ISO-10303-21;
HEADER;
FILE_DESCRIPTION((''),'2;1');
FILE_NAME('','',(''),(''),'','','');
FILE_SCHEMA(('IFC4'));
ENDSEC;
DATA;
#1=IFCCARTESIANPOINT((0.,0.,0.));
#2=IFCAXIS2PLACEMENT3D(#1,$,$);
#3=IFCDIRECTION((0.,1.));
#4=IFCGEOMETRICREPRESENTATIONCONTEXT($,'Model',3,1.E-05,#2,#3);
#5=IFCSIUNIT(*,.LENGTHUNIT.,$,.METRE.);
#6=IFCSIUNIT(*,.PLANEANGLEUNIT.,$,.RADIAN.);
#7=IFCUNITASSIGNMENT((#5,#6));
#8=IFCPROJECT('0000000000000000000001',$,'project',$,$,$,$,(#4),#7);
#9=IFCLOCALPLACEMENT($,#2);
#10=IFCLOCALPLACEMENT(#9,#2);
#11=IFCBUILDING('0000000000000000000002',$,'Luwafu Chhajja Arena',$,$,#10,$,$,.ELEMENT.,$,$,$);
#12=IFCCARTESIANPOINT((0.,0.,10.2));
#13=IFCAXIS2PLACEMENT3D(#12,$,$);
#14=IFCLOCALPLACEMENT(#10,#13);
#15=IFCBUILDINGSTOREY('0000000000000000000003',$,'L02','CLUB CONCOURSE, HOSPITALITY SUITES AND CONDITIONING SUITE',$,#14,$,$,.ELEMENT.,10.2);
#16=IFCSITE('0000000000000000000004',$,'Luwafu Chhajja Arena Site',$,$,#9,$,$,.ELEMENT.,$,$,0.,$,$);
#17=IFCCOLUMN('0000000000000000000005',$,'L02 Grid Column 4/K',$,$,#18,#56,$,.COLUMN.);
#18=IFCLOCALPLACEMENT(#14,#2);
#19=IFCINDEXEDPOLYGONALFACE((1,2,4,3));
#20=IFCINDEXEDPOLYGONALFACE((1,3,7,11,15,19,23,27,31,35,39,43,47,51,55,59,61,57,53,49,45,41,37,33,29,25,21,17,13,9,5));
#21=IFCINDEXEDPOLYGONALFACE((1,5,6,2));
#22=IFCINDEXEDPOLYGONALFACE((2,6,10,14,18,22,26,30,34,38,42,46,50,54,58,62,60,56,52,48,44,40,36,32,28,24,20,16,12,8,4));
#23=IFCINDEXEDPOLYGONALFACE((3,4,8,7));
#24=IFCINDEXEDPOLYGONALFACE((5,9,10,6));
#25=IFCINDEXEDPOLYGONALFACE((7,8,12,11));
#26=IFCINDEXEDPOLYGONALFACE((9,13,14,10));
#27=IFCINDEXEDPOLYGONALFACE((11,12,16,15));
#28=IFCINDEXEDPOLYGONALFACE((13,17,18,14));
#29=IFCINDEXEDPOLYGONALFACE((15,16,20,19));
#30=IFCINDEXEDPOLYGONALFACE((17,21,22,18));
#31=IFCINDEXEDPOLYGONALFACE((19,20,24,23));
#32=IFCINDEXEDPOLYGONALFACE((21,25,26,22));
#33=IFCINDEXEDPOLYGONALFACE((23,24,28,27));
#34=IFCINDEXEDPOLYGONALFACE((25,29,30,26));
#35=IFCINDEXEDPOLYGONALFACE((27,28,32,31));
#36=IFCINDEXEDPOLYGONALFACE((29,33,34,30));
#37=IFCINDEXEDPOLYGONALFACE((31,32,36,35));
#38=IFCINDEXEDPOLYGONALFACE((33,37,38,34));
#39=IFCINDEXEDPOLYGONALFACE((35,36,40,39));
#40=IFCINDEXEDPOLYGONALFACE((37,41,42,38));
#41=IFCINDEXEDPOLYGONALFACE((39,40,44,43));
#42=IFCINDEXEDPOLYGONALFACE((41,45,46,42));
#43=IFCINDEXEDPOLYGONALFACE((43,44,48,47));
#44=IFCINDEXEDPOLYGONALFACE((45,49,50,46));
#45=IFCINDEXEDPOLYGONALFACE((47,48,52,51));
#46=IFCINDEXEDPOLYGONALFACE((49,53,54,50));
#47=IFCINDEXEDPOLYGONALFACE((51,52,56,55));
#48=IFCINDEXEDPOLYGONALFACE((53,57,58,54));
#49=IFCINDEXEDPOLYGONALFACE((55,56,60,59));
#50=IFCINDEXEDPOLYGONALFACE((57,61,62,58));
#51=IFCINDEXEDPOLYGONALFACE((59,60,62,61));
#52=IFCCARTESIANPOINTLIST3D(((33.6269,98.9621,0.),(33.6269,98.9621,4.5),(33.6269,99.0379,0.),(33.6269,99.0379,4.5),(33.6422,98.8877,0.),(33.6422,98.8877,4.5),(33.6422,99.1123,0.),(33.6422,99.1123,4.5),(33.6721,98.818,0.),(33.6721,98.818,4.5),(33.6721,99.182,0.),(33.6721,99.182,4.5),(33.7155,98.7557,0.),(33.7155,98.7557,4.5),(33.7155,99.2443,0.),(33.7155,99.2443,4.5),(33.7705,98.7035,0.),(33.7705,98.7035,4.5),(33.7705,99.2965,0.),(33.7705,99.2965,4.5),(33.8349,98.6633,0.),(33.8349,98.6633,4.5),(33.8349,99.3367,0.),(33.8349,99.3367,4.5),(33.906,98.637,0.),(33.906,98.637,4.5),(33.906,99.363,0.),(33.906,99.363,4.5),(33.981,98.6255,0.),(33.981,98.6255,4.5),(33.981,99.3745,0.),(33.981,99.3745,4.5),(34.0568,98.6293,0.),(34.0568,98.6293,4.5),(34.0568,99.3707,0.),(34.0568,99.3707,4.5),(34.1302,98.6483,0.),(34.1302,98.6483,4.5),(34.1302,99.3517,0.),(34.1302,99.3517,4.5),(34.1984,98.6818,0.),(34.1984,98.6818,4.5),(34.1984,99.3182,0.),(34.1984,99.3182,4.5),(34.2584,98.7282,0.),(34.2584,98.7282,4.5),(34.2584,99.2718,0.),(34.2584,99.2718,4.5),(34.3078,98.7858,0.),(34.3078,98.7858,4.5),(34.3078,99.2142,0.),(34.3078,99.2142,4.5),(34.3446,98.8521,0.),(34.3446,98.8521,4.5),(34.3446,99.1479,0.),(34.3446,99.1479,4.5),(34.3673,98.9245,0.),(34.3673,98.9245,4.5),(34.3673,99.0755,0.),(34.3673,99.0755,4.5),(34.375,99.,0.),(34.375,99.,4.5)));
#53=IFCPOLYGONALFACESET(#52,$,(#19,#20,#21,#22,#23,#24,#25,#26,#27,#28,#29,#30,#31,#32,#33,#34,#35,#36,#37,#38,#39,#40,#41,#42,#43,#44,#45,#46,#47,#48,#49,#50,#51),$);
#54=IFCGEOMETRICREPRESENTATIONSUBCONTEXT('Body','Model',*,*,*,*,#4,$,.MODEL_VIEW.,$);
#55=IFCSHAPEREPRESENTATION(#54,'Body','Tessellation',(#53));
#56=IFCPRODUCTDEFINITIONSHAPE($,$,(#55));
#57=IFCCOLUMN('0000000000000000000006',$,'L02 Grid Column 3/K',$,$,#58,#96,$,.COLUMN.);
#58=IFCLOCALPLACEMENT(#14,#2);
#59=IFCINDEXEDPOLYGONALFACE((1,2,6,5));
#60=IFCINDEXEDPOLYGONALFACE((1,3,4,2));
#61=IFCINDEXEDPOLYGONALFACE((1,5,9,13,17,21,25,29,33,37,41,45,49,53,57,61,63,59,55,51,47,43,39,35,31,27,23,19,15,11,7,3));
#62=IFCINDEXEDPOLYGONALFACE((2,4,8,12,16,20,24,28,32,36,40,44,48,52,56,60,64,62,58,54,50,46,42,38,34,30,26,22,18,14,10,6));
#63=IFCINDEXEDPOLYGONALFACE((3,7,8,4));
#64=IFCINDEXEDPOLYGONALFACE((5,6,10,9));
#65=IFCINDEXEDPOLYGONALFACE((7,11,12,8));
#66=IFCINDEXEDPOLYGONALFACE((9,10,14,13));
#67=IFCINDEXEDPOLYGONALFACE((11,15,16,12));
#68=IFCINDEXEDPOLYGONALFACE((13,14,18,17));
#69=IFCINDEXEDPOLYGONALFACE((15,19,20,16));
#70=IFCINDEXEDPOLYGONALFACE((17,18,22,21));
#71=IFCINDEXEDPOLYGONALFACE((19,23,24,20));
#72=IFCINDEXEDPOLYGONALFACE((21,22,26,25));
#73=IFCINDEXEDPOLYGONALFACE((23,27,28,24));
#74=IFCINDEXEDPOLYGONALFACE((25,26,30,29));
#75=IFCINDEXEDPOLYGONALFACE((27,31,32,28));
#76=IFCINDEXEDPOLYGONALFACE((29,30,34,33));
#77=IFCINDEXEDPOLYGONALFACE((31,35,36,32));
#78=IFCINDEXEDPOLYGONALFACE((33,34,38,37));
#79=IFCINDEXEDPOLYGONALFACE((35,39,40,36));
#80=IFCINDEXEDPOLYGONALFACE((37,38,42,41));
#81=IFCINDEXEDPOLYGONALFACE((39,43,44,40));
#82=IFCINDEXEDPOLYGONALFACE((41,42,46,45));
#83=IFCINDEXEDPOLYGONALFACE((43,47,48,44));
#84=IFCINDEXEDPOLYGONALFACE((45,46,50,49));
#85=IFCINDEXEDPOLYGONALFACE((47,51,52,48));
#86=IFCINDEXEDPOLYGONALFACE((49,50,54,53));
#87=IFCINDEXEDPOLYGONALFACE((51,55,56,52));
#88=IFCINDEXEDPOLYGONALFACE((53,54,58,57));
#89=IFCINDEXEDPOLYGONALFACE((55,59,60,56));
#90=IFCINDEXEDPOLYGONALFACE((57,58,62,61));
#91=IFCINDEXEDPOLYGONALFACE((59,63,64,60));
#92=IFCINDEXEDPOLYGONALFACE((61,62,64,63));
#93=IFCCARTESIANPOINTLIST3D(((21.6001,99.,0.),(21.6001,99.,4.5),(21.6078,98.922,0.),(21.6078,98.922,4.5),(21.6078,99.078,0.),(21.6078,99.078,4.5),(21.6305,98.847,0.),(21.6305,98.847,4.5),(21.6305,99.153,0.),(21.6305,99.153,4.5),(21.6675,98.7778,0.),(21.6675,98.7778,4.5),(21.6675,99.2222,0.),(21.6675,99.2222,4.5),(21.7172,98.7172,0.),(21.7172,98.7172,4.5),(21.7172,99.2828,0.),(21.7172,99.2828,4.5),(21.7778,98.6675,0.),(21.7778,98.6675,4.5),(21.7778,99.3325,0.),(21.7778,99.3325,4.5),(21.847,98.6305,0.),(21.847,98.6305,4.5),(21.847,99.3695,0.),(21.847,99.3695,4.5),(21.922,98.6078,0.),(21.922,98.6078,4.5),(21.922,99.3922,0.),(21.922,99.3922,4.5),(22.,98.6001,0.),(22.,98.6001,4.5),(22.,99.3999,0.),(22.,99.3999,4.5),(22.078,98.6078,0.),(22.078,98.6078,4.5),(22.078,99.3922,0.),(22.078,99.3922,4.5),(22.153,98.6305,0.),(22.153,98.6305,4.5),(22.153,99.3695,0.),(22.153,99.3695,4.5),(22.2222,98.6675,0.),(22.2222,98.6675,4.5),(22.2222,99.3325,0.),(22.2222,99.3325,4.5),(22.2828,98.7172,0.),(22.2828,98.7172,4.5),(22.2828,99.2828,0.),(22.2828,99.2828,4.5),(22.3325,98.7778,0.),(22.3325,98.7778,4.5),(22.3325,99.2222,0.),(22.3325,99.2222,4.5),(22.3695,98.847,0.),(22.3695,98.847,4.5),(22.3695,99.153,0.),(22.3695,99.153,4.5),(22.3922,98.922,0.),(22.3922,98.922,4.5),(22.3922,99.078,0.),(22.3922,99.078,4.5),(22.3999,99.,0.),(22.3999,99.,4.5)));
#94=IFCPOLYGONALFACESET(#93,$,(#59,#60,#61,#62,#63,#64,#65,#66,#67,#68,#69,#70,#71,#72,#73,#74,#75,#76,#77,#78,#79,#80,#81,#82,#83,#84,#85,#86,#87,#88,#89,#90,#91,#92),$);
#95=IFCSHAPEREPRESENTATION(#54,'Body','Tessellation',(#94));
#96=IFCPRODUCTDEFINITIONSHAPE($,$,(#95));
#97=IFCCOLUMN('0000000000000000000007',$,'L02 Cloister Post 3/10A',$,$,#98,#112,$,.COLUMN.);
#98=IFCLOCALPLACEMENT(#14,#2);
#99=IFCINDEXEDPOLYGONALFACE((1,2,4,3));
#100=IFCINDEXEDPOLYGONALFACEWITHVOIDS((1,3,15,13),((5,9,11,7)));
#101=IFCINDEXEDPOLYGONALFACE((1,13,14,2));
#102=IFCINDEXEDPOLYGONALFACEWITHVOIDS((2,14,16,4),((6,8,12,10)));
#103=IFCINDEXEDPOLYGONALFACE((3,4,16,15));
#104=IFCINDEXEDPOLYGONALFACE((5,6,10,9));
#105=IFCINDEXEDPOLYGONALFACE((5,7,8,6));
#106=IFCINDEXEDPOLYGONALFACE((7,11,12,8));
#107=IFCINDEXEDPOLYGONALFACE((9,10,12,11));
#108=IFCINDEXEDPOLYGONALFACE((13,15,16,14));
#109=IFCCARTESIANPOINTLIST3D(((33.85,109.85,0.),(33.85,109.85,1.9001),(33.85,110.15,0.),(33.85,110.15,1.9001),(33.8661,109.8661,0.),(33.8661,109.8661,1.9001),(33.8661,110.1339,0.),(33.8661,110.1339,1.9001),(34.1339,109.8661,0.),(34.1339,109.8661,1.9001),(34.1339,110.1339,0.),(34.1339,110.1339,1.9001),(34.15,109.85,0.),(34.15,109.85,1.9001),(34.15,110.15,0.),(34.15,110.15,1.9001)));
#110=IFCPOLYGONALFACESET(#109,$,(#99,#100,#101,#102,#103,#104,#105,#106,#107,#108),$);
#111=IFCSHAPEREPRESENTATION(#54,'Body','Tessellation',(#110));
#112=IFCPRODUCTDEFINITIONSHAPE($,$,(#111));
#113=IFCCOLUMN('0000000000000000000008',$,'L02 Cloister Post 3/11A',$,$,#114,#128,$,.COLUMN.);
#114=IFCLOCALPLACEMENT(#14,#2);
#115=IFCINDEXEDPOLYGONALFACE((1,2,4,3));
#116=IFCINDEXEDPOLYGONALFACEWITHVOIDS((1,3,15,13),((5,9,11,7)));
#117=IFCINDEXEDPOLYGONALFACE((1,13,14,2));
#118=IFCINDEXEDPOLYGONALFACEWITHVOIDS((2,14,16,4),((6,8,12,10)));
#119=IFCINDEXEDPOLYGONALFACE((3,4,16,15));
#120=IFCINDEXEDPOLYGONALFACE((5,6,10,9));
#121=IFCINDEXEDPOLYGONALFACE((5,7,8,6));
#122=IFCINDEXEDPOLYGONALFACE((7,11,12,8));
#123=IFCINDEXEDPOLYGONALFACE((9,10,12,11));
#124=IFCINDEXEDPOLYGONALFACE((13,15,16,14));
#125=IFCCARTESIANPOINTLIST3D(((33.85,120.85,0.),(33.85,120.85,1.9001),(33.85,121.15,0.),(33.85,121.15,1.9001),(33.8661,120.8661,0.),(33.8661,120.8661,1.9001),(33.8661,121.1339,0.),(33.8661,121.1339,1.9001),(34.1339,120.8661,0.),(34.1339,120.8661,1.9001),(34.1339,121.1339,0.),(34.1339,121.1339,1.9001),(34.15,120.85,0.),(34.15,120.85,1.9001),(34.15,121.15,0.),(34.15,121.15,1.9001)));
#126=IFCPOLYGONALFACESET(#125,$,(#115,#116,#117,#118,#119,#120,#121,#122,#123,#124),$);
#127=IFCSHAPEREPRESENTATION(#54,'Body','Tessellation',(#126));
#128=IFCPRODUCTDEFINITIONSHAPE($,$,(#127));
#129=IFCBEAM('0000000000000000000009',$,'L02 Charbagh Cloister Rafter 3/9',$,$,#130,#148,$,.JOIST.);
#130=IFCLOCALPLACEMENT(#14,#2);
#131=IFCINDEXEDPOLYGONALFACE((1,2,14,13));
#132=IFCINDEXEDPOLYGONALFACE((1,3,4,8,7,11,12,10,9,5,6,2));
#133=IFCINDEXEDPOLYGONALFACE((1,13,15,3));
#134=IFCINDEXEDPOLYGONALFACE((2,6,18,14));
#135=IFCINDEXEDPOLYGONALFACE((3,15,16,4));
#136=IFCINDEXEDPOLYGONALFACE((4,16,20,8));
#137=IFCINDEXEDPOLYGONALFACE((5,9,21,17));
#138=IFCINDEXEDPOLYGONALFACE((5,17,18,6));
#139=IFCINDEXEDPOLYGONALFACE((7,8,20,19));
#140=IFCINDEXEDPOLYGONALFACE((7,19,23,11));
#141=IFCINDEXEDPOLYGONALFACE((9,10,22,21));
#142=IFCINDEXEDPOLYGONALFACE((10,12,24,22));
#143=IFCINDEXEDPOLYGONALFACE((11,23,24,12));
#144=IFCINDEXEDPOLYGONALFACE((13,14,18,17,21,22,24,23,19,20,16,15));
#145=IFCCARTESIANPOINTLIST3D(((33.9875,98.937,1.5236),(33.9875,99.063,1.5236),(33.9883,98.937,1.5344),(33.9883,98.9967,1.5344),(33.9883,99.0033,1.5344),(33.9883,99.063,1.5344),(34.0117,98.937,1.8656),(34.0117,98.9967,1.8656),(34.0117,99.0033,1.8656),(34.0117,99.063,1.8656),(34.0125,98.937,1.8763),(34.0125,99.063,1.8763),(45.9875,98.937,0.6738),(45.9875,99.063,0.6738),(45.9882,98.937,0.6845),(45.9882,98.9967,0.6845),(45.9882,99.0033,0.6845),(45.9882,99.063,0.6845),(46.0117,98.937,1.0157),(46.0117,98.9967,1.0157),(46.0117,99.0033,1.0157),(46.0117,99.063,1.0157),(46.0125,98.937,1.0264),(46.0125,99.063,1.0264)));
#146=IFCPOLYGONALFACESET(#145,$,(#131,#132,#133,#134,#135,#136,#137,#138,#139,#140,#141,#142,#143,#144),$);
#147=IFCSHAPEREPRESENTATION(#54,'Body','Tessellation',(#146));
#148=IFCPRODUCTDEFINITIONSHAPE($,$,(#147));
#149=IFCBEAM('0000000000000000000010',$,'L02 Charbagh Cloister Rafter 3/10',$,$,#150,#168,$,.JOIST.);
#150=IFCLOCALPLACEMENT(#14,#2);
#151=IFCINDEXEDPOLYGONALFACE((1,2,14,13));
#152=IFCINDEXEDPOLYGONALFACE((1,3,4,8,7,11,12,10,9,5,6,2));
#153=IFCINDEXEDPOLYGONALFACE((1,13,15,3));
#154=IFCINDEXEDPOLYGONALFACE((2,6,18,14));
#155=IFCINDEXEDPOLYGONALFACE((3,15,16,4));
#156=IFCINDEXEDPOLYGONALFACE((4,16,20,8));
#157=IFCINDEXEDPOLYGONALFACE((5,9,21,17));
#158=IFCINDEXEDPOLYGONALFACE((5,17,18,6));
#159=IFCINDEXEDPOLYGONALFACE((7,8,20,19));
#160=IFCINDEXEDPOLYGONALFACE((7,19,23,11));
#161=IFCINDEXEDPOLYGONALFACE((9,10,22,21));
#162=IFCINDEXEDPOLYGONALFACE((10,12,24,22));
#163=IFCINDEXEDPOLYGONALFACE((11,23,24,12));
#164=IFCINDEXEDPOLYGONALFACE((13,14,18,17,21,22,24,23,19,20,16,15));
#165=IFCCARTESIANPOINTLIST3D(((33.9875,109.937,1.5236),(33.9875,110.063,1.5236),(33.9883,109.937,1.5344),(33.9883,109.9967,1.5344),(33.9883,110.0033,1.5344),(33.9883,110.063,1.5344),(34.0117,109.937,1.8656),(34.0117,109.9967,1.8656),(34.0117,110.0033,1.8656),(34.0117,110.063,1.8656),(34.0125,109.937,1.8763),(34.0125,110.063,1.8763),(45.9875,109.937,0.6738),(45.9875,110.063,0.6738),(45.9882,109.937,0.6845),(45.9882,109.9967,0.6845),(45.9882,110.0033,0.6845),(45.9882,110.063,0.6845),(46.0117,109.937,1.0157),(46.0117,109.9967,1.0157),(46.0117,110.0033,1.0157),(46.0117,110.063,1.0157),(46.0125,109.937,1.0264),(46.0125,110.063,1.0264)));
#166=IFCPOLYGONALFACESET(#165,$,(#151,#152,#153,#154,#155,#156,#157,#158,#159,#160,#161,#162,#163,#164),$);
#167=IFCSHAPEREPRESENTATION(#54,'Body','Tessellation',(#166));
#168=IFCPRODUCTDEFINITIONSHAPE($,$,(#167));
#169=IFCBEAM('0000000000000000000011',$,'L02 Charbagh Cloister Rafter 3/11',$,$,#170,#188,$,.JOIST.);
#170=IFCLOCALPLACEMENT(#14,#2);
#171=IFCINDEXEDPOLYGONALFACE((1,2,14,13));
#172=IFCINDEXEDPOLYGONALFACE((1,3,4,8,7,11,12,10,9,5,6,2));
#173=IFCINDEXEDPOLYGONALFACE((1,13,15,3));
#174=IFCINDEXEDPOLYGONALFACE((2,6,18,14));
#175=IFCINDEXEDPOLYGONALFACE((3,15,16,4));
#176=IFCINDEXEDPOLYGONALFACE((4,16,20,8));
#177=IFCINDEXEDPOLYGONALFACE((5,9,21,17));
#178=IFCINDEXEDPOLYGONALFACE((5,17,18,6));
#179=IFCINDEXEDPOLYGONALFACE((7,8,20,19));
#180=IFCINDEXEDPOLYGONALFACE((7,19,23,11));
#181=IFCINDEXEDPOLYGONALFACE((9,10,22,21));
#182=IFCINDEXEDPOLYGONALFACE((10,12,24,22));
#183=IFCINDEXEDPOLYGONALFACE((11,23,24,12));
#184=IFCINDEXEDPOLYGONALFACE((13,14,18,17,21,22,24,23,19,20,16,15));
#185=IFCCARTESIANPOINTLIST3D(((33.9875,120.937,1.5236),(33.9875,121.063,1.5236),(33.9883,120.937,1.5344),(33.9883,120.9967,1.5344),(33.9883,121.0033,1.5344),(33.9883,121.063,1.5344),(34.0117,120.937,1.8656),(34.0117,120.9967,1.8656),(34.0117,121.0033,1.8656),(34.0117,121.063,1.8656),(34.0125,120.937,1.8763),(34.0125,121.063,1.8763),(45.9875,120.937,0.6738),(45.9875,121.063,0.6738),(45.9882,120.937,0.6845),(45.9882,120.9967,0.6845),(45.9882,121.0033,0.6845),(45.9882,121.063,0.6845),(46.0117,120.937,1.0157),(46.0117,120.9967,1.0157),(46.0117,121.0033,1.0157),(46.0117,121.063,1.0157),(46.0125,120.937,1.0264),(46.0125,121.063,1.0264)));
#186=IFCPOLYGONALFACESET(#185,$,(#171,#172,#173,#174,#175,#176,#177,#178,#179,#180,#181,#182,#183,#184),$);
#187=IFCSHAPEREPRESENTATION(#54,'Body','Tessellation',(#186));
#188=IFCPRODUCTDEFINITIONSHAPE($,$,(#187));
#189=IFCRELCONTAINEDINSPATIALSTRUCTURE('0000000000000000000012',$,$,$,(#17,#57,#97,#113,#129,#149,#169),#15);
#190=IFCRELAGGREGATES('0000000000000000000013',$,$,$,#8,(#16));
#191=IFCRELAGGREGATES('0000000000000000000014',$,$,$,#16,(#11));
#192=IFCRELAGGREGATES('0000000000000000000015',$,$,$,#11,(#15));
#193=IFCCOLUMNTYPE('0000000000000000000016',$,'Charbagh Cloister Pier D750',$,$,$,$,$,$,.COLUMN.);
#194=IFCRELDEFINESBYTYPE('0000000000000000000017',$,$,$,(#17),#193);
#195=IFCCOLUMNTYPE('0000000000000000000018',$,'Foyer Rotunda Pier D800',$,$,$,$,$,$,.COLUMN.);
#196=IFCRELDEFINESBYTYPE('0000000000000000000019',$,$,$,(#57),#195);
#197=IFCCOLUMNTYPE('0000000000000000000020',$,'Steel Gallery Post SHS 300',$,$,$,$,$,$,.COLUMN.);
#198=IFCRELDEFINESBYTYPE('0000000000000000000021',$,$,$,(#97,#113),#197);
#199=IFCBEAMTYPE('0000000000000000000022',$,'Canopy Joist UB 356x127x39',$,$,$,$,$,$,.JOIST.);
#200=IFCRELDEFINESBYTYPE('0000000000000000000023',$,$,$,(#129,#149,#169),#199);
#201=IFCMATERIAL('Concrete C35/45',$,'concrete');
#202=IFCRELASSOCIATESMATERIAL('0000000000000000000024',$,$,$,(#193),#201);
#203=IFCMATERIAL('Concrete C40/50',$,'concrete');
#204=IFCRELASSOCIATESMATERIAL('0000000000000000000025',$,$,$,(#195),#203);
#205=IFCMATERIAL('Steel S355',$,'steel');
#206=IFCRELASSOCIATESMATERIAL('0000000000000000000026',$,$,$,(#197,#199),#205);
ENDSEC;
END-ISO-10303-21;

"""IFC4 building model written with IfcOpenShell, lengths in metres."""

from ifc_helpers import new_model, si_unit, direction, frame, origin, origin_2d, place, context, subcontext, project, spatial, hollow_rectangle, circle, i_section, extrude, material, material_profile, profile_set, type_object, element, save


model = new_model("IFC4")

# Units and contexts
model_context = context("Model", 3, precision=1e-05, world=origin(), true_north=direction((0.0, 1.0)))
body_context = subcontext(model_context, "Body", "Model", "MODEL_VIEW")
ifc_project = project(units=[si_unit("LENGTHUNIT", "METRE"), si_unit("PLANEANGLEUNIT", "RADIAN")], contexts=[model_context])

# Site, building, storey
site_placement = place(None, origin())
site = spatial("IfcSite", under=ifc_project, at=site_placement, Name="Luwafu Chhajja Arena Site", CompositionType="ELEMENT", RefElevation=0.0)
building_placement = place(site_placement, origin())
building = spatial("IfcBuilding", under=site, at=building_placement, Name="Luwafu Chhajja Arena", CompositionType="ELEMENT")
storey_placement = place(building_placement, frame((0.0, 0.0, 10.2)))
storey = spatial("IfcBuildingStorey", under=building, at=storey_placement, Name="L02", Description="CLUB CONCOURSE, HOSPITALITY SUITES AND CONDITIONING SUITE", CompositionType="ELEMENT", Elevation=10.2)

# Columns
ifc_material_1 = material(Name="Concrete C35/45", Category="concrete")
ifc_material_profile_1 = material_profile(ifc_material_1, circle(Radius=0.375, at=origin_2d()), Name="RC COL D750")
ifc_profile_set_1 = profile_set([ifc_material_profile_1], Name="Concrete C35/45")
column_type_1 = type_object("IfcColumnType", Name="Charbagh Cloister Pier D750", PredefinedType="COLUMN", material=ifc_profile_set_1)
column_1_placement = place(storey_placement, frame((34.0, 99.0, 0.0), z_axis=(0.0, 0.0, 1.0), x_axis=(1.0, 0.0, 0.0)))
element("IfcColumn", 1, at=column_1_placement, inside=storey, type_object=column_type_1, Name="L02 Grid Column 4/K", PredefinedType="COLUMN", context=body_context, shape_type="SweptSolid", body=[
    extrude(circle(Radius=0.375, at=origin_2d()), origin(), (0.0, 0.0, 1.0), 4.5),
])
ifc_material_2 = material(Name="Concrete C40/50", Category="concrete")
ifc_material_profile_2 = material_profile(ifc_material_2, circle(Radius=0.3999, at=origin_2d()), Name="RC COL D800")
ifc_profile_set_2 = profile_set([ifc_material_profile_2], Name="Concrete C40/50")
column_type_2 = type_object("IfcColumnType", Name="Foyer Rotunda Pier D800", PredefinedType="COLUMN", material=ifc_profile_set_2)
column_2_placement = place(storey_placement, frame((22.0, 99.0, 0.0), z_axis=(0.0, 0.0, 1.0), x_axis=(1.0, 0.0, 0.0)))
element("IfcColumn", 2, at=column_2_placement, inside=storey, type_object=column_type_2, Name="L02 Grid Column 3/K", PredefinedType="COLUMN", context=body_context, shape_type="SweptSolid", body=[
    extrude(circle(Radius=0.3999, at=origin_2d()), origin(), (0.0, 0.0, 1.0), 4.5),
])
ifc_material_3 = material(Name="Steel S355", Category="steel")
ifc_material_profile_3 = material_profile(ifc_material_3, hollow_rectangle(XDim=0.3, YDim=0.3, WallThickness=0.0161, at=origin_2d()), Name="SHS 300x300x16")
ifc_profile_set_3 = profile_set([ifc_material_profile_3], Name="Steel S355")
column_type_3 = type_object("IfcColumnType", Name="Steel Gallery Post SHS 300", PredefinedType="COLUMN", material=ifc_profile_set_3)
for number, where, z_axis, x_axis, name in (
    (3, (34.0, 110.0, 0.0), (0.0, 0.0, 1.0), (1.0, 0.0, 0.0), "L02 Cloister Post 3/10A"),
    (4, (34.0, 121.0, 0.0), (0.0, 0.0, 1.0), (1.0, 0.0, 0.0), "L02 Cloister Post 3/11A"),
):
    element("IfcColumn", number, at=place(storey_placement, frame(where, z_axis=z_axis, x_axis=x_axis)), inside=storey, type_object=column_type_3, Name=name, PredefinedType="COLUMN", context=body_context, shape_type="SweptSolid", body=[
        extrude(hollow_rectangle(XDim=0.3, YDim=0.3, WallThickness=0.0161, at=origin_2d()), origin(), (0.0, 0.0, 1.0), 1.9001),
    ])

# Beams
ifc_material_profile_4 = material_profile(ifc_material_3, i_section(OverallWidth=0.126, OverallDepth=0.3535, WebThickness=0.0066, FlangeThickness=0.0107, at=origin_2d()), Name="UB 356x127x39")
ifc_profile_set_4 = profile_set([ifc_material_profile_4], Name="Steel S355")
beam_type_1 = type_object("IfcBeamType", Name="Canopy Joist UB 356x127x39", PredefinedType="JOIST", material=ifc_profile_set_4)
for number, where, z_axis, x_axis, name in (
    (5, (34.0, 99.0, 1.7), (0.997502, 0.0, -0.070644), (0.0, 1.0, 0.0), "L02 Charbagh Cloister Rafter 3/9"),
    (6, (34.0, 110.0, 1.7), (0.997502, 0.0, -0.070644), (0.0, 1.0, 0.0), "L02 Charbagh Cloister Rafter 3/10"),
    (7, (34.0, 121.0, 1.7), (0.997502, 0.0, -0.070644), (0.0, 1.0, 0.0), "L02 Charbagh Cloister Rafter 3/11"),
):
    element("IfcBeam", number, at=place(storey_placement, frame(where, z_axis=z_axis, x_axis=x_axis)), inside=storey, type_object=beam_type_1, Name=name, PredefinedType="JOIST", context=body_context, shape_type="SweptSolid", body=[
        extrude(i_section(OverallWidth=0.126, OverallDepth=0.3535, WebThickness=0.0066, FlangeThickness=0.0107, at=origin_2d()), origin(), (0.0, 0.0, 1.0), 12.03),
    ])

save(model, "model.ifc")
